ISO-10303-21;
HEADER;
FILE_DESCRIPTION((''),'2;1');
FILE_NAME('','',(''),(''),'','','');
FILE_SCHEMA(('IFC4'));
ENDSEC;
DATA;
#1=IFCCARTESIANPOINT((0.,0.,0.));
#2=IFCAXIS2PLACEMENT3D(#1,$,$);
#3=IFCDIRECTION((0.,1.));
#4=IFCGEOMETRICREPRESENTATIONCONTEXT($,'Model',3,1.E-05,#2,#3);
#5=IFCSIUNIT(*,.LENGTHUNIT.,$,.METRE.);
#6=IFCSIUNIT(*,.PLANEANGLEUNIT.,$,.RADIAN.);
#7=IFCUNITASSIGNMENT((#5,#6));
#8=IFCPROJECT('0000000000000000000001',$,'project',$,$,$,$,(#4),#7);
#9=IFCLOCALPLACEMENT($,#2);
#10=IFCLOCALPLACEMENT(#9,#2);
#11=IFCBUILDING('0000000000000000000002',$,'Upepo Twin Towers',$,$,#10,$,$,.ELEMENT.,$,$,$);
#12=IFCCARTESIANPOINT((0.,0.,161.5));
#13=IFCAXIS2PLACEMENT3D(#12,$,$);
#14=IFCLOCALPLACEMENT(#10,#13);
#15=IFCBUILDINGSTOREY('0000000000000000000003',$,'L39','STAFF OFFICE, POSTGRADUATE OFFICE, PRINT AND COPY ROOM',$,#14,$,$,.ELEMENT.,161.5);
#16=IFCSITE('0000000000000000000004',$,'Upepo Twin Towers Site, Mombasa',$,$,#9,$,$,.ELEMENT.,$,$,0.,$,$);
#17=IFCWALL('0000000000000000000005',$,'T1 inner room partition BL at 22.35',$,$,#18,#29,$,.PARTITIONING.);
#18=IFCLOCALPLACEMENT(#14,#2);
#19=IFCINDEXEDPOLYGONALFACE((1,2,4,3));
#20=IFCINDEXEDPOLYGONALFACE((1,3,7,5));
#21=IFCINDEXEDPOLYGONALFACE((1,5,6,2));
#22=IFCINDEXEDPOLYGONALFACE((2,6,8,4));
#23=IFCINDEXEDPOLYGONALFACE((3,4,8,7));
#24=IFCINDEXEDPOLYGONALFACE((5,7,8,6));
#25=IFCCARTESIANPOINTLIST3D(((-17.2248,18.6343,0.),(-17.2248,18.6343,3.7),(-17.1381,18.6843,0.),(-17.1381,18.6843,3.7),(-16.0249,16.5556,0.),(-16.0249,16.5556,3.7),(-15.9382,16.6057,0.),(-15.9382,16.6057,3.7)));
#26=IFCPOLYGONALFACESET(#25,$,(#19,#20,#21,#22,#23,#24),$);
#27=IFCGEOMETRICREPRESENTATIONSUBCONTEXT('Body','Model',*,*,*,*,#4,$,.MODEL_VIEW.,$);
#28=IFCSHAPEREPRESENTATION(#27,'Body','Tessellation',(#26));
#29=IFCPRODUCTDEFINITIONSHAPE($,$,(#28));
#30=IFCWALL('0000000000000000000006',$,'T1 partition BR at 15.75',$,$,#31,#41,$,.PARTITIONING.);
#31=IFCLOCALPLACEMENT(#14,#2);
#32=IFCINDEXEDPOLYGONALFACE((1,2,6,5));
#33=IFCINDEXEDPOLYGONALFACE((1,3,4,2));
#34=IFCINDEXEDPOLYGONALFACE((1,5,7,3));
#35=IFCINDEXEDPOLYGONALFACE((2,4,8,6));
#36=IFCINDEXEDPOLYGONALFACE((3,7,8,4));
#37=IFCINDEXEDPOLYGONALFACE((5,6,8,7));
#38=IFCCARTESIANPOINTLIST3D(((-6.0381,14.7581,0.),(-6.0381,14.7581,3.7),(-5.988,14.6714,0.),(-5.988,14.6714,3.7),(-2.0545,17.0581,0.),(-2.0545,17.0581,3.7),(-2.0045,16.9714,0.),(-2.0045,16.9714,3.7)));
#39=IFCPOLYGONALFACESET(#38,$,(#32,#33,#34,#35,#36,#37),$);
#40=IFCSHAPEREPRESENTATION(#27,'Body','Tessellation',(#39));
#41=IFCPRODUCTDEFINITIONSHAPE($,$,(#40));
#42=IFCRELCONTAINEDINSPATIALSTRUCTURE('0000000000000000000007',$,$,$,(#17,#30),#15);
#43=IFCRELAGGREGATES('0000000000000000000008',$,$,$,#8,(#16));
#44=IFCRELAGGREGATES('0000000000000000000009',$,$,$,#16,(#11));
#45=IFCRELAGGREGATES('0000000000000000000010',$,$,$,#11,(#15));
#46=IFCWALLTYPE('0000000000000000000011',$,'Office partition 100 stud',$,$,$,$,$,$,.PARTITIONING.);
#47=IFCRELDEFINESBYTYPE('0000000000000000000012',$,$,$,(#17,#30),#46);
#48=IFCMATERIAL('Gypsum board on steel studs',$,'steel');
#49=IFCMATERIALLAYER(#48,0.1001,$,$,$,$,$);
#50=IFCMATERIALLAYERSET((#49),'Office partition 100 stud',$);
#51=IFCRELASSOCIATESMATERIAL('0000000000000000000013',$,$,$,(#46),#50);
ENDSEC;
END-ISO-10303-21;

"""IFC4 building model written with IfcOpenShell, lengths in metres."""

from ifc_helpers import new_model, si_unit, direction, frame, frame_2d, origin, place, context, subcontext, project, spatial, rectangle, extrude, material, layer, layer_set, type_object, element, save


model = new_model("IFC4")

# Units and contexts
model_context = context("Model", 3, precision=1e-05, world=origin(), true_north=direction((0.0, 1.0)))
body_context = subcontext(model_context, "Body", "Model", "MODEL_VIEW")
ifc_project = project(units=[si_unit("LENGTHUNIT", "METRE"), si_unit("PLANEANGLEUNIT", "RADIAN")], contexts=[model_context])

# Site, building, storey
site_placement = place(None, origin())
site = spatial("IfcSite", under=ifc_project, at=site_placement, Name="Upepo Twin Towers Site, Mombasa", CompositionType="ELEMENT", RefElevation=0.0)
building_placement = place(site_placement, origin())
building = spatial("IfcBuilding", under=site, at=building_placement, Name="Upepo Twin Towers", CompositionType="ELEMENT")
storey_placement = place(building_placement, frame((0.0, 0.0, 161.5)))
storey = spatial("IfcBuildingStorey", under=building, at=storey_placement, Name="L39", Description="STAFF OFFICE, POSTGRADUATE OFFICE, PRINT AND COPY ROOM", CompositionType="ELEMENT", Elevation=161.5)

# Shared definitions
ifc_material_1 = material(Name="Gypsum board on steel studs", Category="steel")
ifc_layer_1 = layer(ifc_material_1, 0.1001)
ifc_layer_set_1 = layer_set([ifc_layer_1], Name="Office partition 100 stud")
wall_type_1 = type_object("IfcWallType", Name="Office partition 100 stud", PredefinedType="PARTITIONING", material=ifc_layer_set_1)

# Walls
wall_1_placement = place(storey_placement, frame((-15.9814, 16.5806, 0.0), z_axis=(0.0, 0.0, 1.0), x_axis=(-0.499957, 0.86605, 0.0)))
element("IfcWall", 1, at=wall_1_placement, inside=storey, type_object=wall_type_1, Name="T1 inner room partition BL at 22.35", PredefinedType="PARTITIONING", context=body_context, shape_type="SweptSolid", body=[
    extrude(rectangle(XDim=2.4001, YDim=0.1001, at=frame_2d((1.2002, 0.0))), origin(), (0.0, 0.0, 1.0), 3.7),
])
wall_2_placement = place(storey_placement, frame((-6.0129, 14.7148, 0.0), z_axis=(0.0, 0.0, 1.0), x_axis=(0.866017, 0.500015, 0.0)))
element("IfcWall", 2, at=wall_2_placement, inside=storey, type_object=wall_type_1, Name="T1 partition BR at 15.75", PredefinedType="PARTITIONING", context=body_context, shape_type="SweptSolid", body=[
    extrude(rectangle(XDim=4.5999, YDim=0.1001, at=frame_2d((2.2998, 0.0))), origin(), (0.0, 0.0, 1.0), 3.7),
])

save(model, "model.ifc")
